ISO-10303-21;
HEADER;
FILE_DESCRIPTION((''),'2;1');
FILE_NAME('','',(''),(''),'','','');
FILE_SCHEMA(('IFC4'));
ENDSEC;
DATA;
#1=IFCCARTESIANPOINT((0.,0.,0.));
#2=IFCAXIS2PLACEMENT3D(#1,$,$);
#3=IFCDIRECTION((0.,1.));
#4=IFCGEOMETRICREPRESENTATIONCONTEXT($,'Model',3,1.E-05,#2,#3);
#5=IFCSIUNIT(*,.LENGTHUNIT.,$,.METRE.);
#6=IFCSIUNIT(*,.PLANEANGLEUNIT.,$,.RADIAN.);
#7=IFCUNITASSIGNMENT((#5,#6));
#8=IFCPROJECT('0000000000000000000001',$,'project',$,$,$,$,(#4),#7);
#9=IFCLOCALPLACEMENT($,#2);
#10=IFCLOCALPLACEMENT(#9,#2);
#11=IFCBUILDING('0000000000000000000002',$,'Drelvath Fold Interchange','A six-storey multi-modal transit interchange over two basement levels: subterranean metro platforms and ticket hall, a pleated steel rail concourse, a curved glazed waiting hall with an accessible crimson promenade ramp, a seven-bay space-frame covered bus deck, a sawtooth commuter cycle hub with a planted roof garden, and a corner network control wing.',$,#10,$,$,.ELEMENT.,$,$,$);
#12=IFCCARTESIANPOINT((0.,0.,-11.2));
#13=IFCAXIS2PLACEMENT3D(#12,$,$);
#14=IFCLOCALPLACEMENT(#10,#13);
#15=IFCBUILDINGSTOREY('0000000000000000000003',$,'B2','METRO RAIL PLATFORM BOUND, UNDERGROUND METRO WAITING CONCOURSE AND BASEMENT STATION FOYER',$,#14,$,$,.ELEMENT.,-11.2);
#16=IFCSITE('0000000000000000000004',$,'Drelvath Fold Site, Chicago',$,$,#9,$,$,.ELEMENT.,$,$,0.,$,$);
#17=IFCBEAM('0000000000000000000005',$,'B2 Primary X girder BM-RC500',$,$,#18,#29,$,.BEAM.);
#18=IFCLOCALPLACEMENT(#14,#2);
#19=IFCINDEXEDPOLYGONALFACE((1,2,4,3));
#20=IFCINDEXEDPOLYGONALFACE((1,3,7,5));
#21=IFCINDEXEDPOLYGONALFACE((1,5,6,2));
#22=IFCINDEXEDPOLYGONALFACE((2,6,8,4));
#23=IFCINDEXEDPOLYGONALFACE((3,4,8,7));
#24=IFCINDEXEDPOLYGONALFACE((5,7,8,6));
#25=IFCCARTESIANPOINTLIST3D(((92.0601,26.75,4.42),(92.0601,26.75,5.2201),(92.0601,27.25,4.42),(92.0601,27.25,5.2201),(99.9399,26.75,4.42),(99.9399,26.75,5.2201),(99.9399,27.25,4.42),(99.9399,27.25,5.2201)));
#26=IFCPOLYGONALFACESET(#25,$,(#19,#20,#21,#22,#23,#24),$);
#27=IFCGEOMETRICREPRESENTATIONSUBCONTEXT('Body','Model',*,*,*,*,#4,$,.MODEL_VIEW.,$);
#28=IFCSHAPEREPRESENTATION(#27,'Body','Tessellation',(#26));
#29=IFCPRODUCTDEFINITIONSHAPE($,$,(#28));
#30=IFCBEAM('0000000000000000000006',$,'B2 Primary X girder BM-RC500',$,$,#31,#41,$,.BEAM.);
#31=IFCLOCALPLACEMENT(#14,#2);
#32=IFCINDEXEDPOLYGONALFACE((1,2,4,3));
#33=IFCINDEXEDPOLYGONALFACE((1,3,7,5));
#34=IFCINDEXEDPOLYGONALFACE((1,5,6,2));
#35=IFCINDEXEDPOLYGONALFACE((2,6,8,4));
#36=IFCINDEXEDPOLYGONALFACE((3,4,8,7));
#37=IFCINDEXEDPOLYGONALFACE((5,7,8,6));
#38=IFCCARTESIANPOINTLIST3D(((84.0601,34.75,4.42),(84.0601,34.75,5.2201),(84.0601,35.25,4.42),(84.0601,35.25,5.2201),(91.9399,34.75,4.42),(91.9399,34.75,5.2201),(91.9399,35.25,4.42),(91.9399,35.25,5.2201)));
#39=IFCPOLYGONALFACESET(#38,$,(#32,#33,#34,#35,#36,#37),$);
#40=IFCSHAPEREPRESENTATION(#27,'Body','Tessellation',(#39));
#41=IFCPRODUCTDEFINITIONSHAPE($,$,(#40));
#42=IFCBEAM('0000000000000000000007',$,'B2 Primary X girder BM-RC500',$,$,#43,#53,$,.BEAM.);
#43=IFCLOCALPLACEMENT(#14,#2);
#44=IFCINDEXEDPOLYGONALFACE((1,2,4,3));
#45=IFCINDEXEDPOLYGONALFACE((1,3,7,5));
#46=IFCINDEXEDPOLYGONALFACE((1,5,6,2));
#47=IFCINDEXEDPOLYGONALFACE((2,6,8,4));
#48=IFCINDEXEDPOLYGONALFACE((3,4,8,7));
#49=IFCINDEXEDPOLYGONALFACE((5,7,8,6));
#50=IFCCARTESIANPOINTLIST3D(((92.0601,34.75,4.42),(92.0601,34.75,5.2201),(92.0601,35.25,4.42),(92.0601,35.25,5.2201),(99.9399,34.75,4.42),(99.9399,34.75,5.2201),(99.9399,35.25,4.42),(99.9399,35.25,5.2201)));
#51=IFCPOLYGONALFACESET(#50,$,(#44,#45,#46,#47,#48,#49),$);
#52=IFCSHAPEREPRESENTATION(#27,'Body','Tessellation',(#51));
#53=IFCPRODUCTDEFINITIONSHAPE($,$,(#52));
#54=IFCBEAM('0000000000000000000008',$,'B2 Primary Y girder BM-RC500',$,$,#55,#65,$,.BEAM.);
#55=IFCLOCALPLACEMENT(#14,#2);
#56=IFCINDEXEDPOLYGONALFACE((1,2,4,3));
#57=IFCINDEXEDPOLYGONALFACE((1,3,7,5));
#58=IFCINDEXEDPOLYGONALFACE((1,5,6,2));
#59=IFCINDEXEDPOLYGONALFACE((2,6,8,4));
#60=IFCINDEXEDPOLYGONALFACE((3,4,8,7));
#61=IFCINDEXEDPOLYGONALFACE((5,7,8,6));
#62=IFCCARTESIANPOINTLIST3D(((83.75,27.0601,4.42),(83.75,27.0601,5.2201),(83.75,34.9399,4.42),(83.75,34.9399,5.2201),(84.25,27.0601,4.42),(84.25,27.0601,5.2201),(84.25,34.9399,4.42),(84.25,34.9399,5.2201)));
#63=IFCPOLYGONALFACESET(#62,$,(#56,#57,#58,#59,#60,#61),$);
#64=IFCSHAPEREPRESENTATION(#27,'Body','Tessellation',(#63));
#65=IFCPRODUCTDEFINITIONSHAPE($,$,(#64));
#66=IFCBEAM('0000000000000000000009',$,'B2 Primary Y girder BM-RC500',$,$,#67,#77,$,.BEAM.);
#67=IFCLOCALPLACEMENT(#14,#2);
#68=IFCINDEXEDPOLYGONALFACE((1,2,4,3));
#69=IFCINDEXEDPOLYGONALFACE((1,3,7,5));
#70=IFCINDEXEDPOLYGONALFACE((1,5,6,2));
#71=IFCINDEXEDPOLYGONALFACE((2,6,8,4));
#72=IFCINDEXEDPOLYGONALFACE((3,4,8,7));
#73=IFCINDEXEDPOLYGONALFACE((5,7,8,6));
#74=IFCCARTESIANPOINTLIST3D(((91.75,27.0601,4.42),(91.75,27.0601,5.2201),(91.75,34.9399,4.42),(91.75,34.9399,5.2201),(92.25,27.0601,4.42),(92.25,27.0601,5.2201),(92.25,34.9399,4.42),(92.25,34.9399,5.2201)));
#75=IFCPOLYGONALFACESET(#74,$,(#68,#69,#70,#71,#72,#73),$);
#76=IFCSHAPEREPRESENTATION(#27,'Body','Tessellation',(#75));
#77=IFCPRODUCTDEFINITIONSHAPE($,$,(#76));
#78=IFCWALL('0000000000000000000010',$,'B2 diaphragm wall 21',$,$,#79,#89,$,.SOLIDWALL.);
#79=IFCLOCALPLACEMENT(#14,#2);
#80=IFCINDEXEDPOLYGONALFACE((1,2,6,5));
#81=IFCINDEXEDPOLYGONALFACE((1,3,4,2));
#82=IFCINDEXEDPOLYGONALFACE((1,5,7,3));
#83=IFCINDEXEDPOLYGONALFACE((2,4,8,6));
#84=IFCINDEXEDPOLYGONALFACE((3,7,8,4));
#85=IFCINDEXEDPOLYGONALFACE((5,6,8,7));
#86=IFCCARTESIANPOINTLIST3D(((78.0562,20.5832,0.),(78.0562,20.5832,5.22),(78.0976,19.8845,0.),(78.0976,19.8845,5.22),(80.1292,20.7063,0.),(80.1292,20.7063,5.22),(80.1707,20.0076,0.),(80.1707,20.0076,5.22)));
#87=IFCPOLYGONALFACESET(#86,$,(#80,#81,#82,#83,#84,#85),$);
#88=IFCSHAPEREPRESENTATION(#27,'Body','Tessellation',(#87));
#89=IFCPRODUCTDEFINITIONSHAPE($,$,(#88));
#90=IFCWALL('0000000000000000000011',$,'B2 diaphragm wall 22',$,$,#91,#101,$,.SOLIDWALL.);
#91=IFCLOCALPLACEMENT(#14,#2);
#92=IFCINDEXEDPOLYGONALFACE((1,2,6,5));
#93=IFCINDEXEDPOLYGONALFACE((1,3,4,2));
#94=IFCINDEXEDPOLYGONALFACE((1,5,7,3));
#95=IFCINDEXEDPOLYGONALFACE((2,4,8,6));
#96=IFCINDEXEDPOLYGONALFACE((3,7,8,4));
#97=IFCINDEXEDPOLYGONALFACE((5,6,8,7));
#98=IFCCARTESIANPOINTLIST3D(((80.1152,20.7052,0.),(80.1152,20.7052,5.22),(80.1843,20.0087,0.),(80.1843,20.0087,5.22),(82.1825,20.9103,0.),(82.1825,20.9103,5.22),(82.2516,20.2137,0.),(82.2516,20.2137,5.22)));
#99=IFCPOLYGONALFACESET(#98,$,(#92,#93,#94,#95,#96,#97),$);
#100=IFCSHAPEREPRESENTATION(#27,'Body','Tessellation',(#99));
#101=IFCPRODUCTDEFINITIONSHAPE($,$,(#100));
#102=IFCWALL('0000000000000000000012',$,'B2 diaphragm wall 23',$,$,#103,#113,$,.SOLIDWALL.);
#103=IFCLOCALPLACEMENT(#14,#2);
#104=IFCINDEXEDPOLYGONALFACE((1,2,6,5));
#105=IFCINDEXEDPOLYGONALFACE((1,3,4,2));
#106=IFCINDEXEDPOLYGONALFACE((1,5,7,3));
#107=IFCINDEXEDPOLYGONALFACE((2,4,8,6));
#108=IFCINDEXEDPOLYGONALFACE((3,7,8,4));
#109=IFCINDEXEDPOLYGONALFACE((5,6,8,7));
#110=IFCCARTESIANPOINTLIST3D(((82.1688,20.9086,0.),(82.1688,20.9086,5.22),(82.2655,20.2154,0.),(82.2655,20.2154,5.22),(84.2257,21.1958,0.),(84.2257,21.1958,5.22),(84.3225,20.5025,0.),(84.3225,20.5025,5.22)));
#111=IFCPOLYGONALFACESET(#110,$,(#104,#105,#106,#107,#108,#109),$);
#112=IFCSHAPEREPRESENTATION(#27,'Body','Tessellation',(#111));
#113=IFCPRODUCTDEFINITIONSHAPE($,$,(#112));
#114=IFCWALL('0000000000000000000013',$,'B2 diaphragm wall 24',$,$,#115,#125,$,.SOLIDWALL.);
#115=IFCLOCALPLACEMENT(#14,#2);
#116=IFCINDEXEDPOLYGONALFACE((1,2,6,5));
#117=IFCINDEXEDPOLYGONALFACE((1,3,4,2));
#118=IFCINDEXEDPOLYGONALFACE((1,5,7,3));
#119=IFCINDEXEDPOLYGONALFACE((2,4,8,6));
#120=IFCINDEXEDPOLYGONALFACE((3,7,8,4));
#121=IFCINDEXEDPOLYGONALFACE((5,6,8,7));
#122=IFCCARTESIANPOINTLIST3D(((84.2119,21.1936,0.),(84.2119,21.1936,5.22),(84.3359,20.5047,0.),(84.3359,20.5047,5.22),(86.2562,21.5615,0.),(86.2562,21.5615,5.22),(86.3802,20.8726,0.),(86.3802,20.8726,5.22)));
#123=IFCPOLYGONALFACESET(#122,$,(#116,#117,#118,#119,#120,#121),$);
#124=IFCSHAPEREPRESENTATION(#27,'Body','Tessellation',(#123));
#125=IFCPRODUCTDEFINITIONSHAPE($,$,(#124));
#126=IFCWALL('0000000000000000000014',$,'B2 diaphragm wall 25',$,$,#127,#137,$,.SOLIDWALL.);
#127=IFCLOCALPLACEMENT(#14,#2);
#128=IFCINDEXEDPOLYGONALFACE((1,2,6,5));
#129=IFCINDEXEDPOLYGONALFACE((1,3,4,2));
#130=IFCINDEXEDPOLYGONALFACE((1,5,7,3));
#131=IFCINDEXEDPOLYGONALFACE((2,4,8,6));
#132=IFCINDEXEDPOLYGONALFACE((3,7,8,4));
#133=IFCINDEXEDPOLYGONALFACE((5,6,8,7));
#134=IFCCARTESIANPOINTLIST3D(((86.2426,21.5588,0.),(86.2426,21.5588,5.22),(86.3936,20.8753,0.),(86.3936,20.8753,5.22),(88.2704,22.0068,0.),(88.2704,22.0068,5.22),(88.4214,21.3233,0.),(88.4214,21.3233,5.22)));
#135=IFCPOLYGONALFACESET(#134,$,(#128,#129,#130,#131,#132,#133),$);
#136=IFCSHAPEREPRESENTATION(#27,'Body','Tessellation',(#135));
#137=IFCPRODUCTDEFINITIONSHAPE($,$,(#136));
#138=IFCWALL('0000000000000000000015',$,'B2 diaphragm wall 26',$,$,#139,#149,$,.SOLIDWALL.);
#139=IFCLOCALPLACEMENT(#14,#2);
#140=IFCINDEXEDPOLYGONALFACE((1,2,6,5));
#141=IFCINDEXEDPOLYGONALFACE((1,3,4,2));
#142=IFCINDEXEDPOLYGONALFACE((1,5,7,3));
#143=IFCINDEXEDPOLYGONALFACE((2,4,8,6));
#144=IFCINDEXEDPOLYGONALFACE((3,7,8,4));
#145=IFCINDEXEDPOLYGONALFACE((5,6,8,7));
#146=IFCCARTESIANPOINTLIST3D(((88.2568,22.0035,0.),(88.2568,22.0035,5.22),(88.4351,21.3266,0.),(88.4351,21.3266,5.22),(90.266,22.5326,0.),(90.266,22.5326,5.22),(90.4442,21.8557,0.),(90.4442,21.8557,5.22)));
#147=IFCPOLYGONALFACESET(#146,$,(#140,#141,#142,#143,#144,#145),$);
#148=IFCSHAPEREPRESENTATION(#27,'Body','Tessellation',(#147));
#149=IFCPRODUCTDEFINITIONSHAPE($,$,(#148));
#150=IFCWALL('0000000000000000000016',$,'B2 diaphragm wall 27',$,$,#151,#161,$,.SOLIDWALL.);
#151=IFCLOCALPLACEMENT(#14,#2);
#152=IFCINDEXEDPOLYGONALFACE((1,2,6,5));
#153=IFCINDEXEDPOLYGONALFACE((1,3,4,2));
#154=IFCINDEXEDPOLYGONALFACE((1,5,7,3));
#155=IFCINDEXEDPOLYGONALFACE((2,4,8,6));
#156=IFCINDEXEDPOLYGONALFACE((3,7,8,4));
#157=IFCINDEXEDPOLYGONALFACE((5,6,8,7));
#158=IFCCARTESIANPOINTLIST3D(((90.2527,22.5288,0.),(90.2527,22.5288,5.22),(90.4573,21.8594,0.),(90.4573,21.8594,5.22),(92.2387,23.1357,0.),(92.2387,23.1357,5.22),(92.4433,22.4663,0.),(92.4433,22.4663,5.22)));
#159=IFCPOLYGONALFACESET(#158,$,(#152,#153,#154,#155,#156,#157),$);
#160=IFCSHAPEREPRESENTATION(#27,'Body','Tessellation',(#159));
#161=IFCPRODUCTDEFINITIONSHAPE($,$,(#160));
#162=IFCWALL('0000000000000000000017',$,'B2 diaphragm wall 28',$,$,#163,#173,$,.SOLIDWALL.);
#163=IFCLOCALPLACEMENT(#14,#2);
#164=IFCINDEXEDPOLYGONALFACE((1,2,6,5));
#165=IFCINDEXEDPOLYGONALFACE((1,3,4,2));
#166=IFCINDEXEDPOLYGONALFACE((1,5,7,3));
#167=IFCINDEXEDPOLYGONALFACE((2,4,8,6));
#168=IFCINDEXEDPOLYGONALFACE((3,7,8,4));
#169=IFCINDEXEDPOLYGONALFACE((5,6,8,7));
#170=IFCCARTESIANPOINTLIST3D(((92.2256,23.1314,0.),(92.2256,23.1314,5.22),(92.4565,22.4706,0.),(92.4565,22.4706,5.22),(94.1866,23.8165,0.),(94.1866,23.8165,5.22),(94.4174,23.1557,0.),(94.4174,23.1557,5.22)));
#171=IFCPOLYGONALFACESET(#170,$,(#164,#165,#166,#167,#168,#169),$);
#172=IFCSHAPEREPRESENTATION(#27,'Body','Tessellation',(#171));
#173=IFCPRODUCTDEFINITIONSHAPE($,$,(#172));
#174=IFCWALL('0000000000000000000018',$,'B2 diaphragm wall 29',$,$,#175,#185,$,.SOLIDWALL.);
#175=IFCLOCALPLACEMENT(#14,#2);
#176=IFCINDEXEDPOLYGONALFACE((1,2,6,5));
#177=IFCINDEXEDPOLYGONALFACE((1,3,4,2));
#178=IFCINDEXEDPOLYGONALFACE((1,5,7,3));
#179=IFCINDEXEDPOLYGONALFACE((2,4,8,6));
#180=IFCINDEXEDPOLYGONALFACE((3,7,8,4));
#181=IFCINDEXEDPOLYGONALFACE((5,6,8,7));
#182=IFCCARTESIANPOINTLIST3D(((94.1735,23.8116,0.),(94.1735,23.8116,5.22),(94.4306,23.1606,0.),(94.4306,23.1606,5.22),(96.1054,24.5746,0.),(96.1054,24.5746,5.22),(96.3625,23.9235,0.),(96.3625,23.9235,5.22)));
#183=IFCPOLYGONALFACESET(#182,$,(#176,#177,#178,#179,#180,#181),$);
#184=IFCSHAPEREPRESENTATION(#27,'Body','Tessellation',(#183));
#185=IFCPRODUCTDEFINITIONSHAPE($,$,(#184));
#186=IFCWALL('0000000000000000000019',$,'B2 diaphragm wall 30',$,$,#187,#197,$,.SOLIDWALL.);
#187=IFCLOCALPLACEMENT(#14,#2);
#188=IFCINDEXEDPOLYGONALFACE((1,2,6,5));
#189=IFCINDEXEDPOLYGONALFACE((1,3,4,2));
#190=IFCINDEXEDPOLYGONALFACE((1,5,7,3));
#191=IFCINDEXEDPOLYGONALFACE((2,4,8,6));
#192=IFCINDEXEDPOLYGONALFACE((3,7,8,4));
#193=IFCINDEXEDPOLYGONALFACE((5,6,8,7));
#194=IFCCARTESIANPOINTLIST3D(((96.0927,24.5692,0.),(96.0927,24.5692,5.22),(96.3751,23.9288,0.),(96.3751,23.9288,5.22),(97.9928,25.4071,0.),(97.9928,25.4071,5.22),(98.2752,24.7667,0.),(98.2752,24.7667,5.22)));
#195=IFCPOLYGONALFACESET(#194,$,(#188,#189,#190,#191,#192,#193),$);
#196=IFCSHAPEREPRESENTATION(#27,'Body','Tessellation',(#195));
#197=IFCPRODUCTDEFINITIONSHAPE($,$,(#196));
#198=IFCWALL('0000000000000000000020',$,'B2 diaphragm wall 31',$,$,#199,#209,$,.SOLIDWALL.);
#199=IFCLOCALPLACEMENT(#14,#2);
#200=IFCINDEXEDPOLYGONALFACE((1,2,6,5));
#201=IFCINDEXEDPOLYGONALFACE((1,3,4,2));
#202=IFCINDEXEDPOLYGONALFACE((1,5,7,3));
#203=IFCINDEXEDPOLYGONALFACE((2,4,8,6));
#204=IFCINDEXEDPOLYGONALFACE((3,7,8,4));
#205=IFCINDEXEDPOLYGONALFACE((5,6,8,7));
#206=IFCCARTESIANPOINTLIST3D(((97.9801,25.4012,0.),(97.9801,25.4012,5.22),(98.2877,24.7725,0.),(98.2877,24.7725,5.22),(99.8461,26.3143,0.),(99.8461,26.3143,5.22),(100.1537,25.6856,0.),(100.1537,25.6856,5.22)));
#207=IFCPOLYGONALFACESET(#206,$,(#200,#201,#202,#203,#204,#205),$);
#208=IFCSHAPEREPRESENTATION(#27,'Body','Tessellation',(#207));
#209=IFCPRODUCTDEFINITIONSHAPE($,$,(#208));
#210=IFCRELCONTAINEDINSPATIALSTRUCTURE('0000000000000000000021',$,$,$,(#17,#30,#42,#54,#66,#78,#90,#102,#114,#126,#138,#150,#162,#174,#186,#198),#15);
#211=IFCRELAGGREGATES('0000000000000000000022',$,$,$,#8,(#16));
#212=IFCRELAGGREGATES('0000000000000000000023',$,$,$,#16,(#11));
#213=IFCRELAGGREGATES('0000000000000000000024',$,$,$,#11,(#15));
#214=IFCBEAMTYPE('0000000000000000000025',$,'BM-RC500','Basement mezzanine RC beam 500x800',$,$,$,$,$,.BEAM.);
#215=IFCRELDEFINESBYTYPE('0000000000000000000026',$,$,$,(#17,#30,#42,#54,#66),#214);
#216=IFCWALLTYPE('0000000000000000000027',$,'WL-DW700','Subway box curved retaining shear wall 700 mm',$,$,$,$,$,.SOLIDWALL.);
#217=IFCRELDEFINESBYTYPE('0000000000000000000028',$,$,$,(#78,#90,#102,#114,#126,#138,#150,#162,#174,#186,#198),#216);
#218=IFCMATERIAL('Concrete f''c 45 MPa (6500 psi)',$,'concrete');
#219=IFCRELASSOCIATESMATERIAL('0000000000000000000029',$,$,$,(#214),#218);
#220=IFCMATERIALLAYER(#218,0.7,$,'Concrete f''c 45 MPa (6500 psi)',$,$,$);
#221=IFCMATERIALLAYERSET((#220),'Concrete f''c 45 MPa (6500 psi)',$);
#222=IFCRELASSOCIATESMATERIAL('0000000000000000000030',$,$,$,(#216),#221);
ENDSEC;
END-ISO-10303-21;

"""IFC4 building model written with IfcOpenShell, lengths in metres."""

from ifc_helpers import new_model, si_unit, direction, frame, frame_2d, origin, origin_2d, place, context, subcontext, project, spatial, rectangle, extrude, material, layer, layer_set, material_profile, profile_set, type_object, element, save


model = new_model("IFC4")

# Units and contexts
model_context = context("Model", 3, precision=1e-05, world=origin(), true_north=direction((0.0, 1.0)))
body_context = subcontext(model_context, "Body", "Model", "MODEL_VIEW")
ifc_project = project(units=[si_unit("LENGTHUNIT", "METRE"), si_unit("PLANEANGLEUNIT", "RADIAN")], contexts=[model_context])

# Site, building, storey
site_placement = place(None, origin())
site = spatial("IfcSite", under=ifc_project, at=site_placement, Name="Drelvath Fold Site, Chicago", CompositionType="ELEMENT", RefElevation=0.0)
building_placement = place(site_placement, origin())
building = spatial("IfcBuilding", under=site, at=building_placement, Name="Drelvath Fold Interchange", Description="A six-storey multi-modal transit interchange over two basement levels: subterranean metro platforms and ticket hall, a pleated steel rail concourse, a curved glazed waiting hall with an accessible crimson promenade ramp, a seven-bay space-frame covered bus deck, a sawtooth commuter cycle hub with a planted roof garden, and a corner network control wing.", CompositionType="ELEMENT")
storey_placement = place(building_placement, frame((0.0, 0.0, -11.2)))
storey = spatial("IfcBuildingStorey", under=building, at=storey_placement, Name="B2", Description="METRO RAIL PLATFORM BOUND, UNDERGROUND METRO WAITING CONCOURSE AND BASEMENT STATION FOYER", CompositionType="ELEMENT", Elevation=-11.2)

# Beams
ifc_material_1 = material(Name="Concrete f'c 45 MPa (6500 psi)", Category="concrete")
ifc_material_profile_1 = material_profile(ifc_material_1, rectangle(XDim=0.5, YDim=0.8, at=origin_2d()), Name="RC 500x800")
ifc_profile_set_1 = profile_set([ifc_material_profile_1], Name="Concrete f'c 45 MPa (6500 psi)")
beam_type_1 = type_object("IfcBeamType", Name="BM-RC500", Description="Basement mezzanine RC beam 500x800", PredefinedType="BEAM", material=ifc_profile_set_1)
for number, where, z_axis, x_axis, name in (
    (1, (92.0601, 27.0, 4.8201), (1.0, 0.0, 0.0), (0.0, 1.0, 0.0), "B2 Primary X girder BM-RC500"),
    (2, (84.0601, 35.0, 4.8201), (1.0, 0.0, 0.0), (0.0, 1.0, 0.0), "B2 Primary X girder BM-RC500"),
    (3, (92.0601, 35.0, 4.8201), (1.0, 0.0, 0.0), (0.0, 1.0, 0.0), "B2 Primary X girder BM-RC500"),
    (4, (84.0, 27.0601, 4.8201), (0.0, 1.0, 0.0), (-1.0, 0.0, 0.0), "B2 Primary Y girder BM-RC500"),
    (5, (92.0, 27.0601, 4.8201), (0.0, 1.0, 0.0), (-1.0, 0.0, 0.0), "B2 Primary Y girder BM-RC500"),
):
    element("IfcBeam", number, at=place(storey_placement, frame(where, z_axis=z_axis, x_axis=x_axis)), inside=storey, type_object=beam_type_1, Name=name, PredefinedType="BEAM", context=body_context, shape_type="SweptSolid", body=[
        extrude(rectangle(XDim=0.5, YDim=0.8, at=origin_2d()), origin(), (0.0, 0.0, 1.0), 7.8799),
    ])

# Walls
ifc_layer_1 = layer(ifc_material_1, 0.7, Name="Concrete f'c 45 MPa (6500 psi)")
ifc_layer_set_1 = layer_set([ifc_layer_1], Name="Concrete f'c 45 MPa (6500 psi)")
wall_type_1 = type_object("IfcWallType", Name="WL-DW700", Description="Subway box curved retaining shear wall 700 mm", PredefinedType="SOLIDWALL", material=ifc_layer_set_1)
wall_1_placement = place(storey_placement, frame((78.0769, 20.2339, 0.0), z_axis=(0.0, 0.0, 1.0), x_axis=(0.998243, 0.059253, 0.0)))
element("IfcWall", 6, at=wall_1_placement, inside=storey, type_object=wall_type_1, Name="B2 diaphragm wall 21", PredefinedType="SOLIDWALL", context=body_context, shape_type="SweptSolid", body=[
    extrude(rectangle(XDim=2.0767, YDim=0.7, at=frame_2d((1.0383, 0.0))), origin(), (0.0, 0.0, 1.0), 5.22),
])
wall_2_placement = place(storey_placement, frame((80.1499, 20.3569, 0.0), z_axis=(0.0, 0.0, 1.0), x_axis=(0.995115, 0.098724, 0.0)))
element("IfcWall", 7, at=wall_2_placement, inside=storey, type_object=wall_type_1, Name="B2 diaphragm wall 22", PredefinedType="SOLIDWALL", context=body_context, shape_type="SweptSolid", body=[
    extrude(rectangle(XDim=2.0774, YDim=0.7, at=frame_2d((1.0386, 0.0))), origin(), (0.0, 0.0, 1.0), 5.22),
])
wall_3_placement = place(storey_placement, frame((82.217, 20.562, 0.0), z_axis=(0.0, 0.0, 1.0), x_axis=(0.990398, 0.138244, 0.0)))
element("IfcWall", 8, at=wall_3_placement, inside=storey, type_object=wall_type_1, Name="B2 diaphragm wall 23", PredefinedType="SOLIDWALL", context=body_context, shape_type="SweptSolid", body=[
    extrude(rectangle(XDim=2.0769, YDim=0.7, at=frame_2d((1.0386, 0.0))), origin(), (0.0, 0.0, 1.0), 5.22),
])
wall_4_placement = place(storey_placement, frame((84.2739, 20.8491, 0.0), z_axis=(0.0, 0.0, 1.0), x_axis=(0.984186, 0.177137, 0.0)))
element("IfcWall", 9, at=wall_4_placement, inside=storey, type_object=wall_type_1, Name="B2 diaphragm wall 24", PredefinedType="SOLIDWALL", context=body_context, shape_type="SweptSolid", body=[
    extrude(rectangle(XDim=2.0771, YDim=0.7, at=frame_2d((1.0386, 0.0))), origin(), (0.0, 0.0, 1.0), 5.22),
])
wall_5_placement = place(storey_placement, frame((86.3181, 21.217, 0.0), z_axis=(0.0, 0.0, 1.0), x_axis=(0.976455, 0.215723, 0.0)))
element("IfcWall", 10, at=wall_5_placement, inside=storey, type_object=wall_type_1, Name="B2 diaphragm wall 25", PredefinedType="SOLIDWALL", context=body_context, shape_type="SweptSolid", body=[
    extrude(rectangle(XDim=2.0767, YDim=0.7, at=frame_2d((1.0383, 0.0))), origin(), (0.0, 0.0, 1.0), 5.22),
])
wall_6_placement = place(storey_placement, frame((88.3459, 21.665, 0.0), z_axis=(0.0, 0.0, 1.0), x_axis=(0.967032, 0.254655, 0.0)))
element("IfcWall", 11, at=wall_6_placement, inside=storey, type_object=wall_type_1, Name="B2 diaphragm wall 26", PredefinedType="SOLIDWALL", context=body_context, shape_type="SweptSolid", body=[
    extrude(rectangle(XDim=2.0776, YDim=0.7, at=frame_2d((1.0388, 0.0))), origin(), (0.0, 0.0, 1.0), 5.22),
])
wall_7_placement = place(storey_placement, frame((90.355, 22.1941, 0.0), z_axis=(0.0, 0.0, 1.0), x_axis=(0.956342, 0.292251, 0.0)))
element("IfcWall", 12, at=wall_7_placement, inside=storey, type_object=wall_type_1, Name="B2 diaphragm wall 27", PredefinedType="SOLIDWALL", context=body_context, shape_type="SweptSolid", body=[
    extrude(rectangle(XDim=2.0767, YDim=0.7, at=frame_2d((1.0383, 0.0))), origin(), (0.0, 0.0, 1.0), 5.22),
])
for number, where, z_axis, x_axis, name in (
    (13, (92.3411, 22.801, 0.0), (0.0, 0.0, 1.0), (0.944049, 0.329806, 0.0), "B2 diaphragm wall 28"),
    (14, (94.302, 23.4861, 0.0), (0.0, 0.0, 1.0), (0.930097, 0.367314, 0.0), "B2 diaphragm wall 29"),
):
    element("IfcWall", number, at=place(storey_placement, frame(where, z_axis=z_axis, x_axis=x_axis)), inside=storey, type_object=wall_type_1, Name=name, PredefinedType="SOLIDWALL", context=body_context, shape_type="SweptSolid", body=[
        extrude(rectangle(XDim=2.0771, YDim=0.7, at=frame_2d((1.0386, 0.0))), origin(), (0.0, 0.0, 1.0), 5.22),
    ])
wall_8_placement = place(storey_placement, frame((96.2339, 24.249, 0.0), z_axis=(0.0, 0.0, 1.0), x_axis=(0.914991, 0.403475, 0.0)))
element("IfcWall", 15, at=wall_8_placement, inside=storey, type_object=wall_type_1, Name="B2 diaphragm wall 30", PredefinedType="SOLIDWALL", context=body_context, shape_type="SweptSolid", body=[
    extrude(rectangle(XDim=2.0767, YDim=0.7, at=frame_2d((1.0383, 0.0))), origin(), (0.0, 0.0, 1.0), 5.22),
])
wall_9_placement = place(storey_placement, frame((98.134, 25.0869, 0.0), z_axis=(0.0, 0.0, 1.0), x_axis=(0.898226, 0.439535, 0.0)))
element("IfcWall", 16, at=wall_9_placement, inside=storey, type_object=wall_type_1, Name="B2 diaphragm wall 31", PredefinedType="SOLIDWALL", context=body_context, shape_type="SweptSolid", body=[
    extrude(rectangle(XDim=2.0774, YDim=0.7, at=frame_2d((1.0386, 0.0))), origin(), (0.0, 0.0, 1.0), 5.22),
])

save(model, "model.ifc")
